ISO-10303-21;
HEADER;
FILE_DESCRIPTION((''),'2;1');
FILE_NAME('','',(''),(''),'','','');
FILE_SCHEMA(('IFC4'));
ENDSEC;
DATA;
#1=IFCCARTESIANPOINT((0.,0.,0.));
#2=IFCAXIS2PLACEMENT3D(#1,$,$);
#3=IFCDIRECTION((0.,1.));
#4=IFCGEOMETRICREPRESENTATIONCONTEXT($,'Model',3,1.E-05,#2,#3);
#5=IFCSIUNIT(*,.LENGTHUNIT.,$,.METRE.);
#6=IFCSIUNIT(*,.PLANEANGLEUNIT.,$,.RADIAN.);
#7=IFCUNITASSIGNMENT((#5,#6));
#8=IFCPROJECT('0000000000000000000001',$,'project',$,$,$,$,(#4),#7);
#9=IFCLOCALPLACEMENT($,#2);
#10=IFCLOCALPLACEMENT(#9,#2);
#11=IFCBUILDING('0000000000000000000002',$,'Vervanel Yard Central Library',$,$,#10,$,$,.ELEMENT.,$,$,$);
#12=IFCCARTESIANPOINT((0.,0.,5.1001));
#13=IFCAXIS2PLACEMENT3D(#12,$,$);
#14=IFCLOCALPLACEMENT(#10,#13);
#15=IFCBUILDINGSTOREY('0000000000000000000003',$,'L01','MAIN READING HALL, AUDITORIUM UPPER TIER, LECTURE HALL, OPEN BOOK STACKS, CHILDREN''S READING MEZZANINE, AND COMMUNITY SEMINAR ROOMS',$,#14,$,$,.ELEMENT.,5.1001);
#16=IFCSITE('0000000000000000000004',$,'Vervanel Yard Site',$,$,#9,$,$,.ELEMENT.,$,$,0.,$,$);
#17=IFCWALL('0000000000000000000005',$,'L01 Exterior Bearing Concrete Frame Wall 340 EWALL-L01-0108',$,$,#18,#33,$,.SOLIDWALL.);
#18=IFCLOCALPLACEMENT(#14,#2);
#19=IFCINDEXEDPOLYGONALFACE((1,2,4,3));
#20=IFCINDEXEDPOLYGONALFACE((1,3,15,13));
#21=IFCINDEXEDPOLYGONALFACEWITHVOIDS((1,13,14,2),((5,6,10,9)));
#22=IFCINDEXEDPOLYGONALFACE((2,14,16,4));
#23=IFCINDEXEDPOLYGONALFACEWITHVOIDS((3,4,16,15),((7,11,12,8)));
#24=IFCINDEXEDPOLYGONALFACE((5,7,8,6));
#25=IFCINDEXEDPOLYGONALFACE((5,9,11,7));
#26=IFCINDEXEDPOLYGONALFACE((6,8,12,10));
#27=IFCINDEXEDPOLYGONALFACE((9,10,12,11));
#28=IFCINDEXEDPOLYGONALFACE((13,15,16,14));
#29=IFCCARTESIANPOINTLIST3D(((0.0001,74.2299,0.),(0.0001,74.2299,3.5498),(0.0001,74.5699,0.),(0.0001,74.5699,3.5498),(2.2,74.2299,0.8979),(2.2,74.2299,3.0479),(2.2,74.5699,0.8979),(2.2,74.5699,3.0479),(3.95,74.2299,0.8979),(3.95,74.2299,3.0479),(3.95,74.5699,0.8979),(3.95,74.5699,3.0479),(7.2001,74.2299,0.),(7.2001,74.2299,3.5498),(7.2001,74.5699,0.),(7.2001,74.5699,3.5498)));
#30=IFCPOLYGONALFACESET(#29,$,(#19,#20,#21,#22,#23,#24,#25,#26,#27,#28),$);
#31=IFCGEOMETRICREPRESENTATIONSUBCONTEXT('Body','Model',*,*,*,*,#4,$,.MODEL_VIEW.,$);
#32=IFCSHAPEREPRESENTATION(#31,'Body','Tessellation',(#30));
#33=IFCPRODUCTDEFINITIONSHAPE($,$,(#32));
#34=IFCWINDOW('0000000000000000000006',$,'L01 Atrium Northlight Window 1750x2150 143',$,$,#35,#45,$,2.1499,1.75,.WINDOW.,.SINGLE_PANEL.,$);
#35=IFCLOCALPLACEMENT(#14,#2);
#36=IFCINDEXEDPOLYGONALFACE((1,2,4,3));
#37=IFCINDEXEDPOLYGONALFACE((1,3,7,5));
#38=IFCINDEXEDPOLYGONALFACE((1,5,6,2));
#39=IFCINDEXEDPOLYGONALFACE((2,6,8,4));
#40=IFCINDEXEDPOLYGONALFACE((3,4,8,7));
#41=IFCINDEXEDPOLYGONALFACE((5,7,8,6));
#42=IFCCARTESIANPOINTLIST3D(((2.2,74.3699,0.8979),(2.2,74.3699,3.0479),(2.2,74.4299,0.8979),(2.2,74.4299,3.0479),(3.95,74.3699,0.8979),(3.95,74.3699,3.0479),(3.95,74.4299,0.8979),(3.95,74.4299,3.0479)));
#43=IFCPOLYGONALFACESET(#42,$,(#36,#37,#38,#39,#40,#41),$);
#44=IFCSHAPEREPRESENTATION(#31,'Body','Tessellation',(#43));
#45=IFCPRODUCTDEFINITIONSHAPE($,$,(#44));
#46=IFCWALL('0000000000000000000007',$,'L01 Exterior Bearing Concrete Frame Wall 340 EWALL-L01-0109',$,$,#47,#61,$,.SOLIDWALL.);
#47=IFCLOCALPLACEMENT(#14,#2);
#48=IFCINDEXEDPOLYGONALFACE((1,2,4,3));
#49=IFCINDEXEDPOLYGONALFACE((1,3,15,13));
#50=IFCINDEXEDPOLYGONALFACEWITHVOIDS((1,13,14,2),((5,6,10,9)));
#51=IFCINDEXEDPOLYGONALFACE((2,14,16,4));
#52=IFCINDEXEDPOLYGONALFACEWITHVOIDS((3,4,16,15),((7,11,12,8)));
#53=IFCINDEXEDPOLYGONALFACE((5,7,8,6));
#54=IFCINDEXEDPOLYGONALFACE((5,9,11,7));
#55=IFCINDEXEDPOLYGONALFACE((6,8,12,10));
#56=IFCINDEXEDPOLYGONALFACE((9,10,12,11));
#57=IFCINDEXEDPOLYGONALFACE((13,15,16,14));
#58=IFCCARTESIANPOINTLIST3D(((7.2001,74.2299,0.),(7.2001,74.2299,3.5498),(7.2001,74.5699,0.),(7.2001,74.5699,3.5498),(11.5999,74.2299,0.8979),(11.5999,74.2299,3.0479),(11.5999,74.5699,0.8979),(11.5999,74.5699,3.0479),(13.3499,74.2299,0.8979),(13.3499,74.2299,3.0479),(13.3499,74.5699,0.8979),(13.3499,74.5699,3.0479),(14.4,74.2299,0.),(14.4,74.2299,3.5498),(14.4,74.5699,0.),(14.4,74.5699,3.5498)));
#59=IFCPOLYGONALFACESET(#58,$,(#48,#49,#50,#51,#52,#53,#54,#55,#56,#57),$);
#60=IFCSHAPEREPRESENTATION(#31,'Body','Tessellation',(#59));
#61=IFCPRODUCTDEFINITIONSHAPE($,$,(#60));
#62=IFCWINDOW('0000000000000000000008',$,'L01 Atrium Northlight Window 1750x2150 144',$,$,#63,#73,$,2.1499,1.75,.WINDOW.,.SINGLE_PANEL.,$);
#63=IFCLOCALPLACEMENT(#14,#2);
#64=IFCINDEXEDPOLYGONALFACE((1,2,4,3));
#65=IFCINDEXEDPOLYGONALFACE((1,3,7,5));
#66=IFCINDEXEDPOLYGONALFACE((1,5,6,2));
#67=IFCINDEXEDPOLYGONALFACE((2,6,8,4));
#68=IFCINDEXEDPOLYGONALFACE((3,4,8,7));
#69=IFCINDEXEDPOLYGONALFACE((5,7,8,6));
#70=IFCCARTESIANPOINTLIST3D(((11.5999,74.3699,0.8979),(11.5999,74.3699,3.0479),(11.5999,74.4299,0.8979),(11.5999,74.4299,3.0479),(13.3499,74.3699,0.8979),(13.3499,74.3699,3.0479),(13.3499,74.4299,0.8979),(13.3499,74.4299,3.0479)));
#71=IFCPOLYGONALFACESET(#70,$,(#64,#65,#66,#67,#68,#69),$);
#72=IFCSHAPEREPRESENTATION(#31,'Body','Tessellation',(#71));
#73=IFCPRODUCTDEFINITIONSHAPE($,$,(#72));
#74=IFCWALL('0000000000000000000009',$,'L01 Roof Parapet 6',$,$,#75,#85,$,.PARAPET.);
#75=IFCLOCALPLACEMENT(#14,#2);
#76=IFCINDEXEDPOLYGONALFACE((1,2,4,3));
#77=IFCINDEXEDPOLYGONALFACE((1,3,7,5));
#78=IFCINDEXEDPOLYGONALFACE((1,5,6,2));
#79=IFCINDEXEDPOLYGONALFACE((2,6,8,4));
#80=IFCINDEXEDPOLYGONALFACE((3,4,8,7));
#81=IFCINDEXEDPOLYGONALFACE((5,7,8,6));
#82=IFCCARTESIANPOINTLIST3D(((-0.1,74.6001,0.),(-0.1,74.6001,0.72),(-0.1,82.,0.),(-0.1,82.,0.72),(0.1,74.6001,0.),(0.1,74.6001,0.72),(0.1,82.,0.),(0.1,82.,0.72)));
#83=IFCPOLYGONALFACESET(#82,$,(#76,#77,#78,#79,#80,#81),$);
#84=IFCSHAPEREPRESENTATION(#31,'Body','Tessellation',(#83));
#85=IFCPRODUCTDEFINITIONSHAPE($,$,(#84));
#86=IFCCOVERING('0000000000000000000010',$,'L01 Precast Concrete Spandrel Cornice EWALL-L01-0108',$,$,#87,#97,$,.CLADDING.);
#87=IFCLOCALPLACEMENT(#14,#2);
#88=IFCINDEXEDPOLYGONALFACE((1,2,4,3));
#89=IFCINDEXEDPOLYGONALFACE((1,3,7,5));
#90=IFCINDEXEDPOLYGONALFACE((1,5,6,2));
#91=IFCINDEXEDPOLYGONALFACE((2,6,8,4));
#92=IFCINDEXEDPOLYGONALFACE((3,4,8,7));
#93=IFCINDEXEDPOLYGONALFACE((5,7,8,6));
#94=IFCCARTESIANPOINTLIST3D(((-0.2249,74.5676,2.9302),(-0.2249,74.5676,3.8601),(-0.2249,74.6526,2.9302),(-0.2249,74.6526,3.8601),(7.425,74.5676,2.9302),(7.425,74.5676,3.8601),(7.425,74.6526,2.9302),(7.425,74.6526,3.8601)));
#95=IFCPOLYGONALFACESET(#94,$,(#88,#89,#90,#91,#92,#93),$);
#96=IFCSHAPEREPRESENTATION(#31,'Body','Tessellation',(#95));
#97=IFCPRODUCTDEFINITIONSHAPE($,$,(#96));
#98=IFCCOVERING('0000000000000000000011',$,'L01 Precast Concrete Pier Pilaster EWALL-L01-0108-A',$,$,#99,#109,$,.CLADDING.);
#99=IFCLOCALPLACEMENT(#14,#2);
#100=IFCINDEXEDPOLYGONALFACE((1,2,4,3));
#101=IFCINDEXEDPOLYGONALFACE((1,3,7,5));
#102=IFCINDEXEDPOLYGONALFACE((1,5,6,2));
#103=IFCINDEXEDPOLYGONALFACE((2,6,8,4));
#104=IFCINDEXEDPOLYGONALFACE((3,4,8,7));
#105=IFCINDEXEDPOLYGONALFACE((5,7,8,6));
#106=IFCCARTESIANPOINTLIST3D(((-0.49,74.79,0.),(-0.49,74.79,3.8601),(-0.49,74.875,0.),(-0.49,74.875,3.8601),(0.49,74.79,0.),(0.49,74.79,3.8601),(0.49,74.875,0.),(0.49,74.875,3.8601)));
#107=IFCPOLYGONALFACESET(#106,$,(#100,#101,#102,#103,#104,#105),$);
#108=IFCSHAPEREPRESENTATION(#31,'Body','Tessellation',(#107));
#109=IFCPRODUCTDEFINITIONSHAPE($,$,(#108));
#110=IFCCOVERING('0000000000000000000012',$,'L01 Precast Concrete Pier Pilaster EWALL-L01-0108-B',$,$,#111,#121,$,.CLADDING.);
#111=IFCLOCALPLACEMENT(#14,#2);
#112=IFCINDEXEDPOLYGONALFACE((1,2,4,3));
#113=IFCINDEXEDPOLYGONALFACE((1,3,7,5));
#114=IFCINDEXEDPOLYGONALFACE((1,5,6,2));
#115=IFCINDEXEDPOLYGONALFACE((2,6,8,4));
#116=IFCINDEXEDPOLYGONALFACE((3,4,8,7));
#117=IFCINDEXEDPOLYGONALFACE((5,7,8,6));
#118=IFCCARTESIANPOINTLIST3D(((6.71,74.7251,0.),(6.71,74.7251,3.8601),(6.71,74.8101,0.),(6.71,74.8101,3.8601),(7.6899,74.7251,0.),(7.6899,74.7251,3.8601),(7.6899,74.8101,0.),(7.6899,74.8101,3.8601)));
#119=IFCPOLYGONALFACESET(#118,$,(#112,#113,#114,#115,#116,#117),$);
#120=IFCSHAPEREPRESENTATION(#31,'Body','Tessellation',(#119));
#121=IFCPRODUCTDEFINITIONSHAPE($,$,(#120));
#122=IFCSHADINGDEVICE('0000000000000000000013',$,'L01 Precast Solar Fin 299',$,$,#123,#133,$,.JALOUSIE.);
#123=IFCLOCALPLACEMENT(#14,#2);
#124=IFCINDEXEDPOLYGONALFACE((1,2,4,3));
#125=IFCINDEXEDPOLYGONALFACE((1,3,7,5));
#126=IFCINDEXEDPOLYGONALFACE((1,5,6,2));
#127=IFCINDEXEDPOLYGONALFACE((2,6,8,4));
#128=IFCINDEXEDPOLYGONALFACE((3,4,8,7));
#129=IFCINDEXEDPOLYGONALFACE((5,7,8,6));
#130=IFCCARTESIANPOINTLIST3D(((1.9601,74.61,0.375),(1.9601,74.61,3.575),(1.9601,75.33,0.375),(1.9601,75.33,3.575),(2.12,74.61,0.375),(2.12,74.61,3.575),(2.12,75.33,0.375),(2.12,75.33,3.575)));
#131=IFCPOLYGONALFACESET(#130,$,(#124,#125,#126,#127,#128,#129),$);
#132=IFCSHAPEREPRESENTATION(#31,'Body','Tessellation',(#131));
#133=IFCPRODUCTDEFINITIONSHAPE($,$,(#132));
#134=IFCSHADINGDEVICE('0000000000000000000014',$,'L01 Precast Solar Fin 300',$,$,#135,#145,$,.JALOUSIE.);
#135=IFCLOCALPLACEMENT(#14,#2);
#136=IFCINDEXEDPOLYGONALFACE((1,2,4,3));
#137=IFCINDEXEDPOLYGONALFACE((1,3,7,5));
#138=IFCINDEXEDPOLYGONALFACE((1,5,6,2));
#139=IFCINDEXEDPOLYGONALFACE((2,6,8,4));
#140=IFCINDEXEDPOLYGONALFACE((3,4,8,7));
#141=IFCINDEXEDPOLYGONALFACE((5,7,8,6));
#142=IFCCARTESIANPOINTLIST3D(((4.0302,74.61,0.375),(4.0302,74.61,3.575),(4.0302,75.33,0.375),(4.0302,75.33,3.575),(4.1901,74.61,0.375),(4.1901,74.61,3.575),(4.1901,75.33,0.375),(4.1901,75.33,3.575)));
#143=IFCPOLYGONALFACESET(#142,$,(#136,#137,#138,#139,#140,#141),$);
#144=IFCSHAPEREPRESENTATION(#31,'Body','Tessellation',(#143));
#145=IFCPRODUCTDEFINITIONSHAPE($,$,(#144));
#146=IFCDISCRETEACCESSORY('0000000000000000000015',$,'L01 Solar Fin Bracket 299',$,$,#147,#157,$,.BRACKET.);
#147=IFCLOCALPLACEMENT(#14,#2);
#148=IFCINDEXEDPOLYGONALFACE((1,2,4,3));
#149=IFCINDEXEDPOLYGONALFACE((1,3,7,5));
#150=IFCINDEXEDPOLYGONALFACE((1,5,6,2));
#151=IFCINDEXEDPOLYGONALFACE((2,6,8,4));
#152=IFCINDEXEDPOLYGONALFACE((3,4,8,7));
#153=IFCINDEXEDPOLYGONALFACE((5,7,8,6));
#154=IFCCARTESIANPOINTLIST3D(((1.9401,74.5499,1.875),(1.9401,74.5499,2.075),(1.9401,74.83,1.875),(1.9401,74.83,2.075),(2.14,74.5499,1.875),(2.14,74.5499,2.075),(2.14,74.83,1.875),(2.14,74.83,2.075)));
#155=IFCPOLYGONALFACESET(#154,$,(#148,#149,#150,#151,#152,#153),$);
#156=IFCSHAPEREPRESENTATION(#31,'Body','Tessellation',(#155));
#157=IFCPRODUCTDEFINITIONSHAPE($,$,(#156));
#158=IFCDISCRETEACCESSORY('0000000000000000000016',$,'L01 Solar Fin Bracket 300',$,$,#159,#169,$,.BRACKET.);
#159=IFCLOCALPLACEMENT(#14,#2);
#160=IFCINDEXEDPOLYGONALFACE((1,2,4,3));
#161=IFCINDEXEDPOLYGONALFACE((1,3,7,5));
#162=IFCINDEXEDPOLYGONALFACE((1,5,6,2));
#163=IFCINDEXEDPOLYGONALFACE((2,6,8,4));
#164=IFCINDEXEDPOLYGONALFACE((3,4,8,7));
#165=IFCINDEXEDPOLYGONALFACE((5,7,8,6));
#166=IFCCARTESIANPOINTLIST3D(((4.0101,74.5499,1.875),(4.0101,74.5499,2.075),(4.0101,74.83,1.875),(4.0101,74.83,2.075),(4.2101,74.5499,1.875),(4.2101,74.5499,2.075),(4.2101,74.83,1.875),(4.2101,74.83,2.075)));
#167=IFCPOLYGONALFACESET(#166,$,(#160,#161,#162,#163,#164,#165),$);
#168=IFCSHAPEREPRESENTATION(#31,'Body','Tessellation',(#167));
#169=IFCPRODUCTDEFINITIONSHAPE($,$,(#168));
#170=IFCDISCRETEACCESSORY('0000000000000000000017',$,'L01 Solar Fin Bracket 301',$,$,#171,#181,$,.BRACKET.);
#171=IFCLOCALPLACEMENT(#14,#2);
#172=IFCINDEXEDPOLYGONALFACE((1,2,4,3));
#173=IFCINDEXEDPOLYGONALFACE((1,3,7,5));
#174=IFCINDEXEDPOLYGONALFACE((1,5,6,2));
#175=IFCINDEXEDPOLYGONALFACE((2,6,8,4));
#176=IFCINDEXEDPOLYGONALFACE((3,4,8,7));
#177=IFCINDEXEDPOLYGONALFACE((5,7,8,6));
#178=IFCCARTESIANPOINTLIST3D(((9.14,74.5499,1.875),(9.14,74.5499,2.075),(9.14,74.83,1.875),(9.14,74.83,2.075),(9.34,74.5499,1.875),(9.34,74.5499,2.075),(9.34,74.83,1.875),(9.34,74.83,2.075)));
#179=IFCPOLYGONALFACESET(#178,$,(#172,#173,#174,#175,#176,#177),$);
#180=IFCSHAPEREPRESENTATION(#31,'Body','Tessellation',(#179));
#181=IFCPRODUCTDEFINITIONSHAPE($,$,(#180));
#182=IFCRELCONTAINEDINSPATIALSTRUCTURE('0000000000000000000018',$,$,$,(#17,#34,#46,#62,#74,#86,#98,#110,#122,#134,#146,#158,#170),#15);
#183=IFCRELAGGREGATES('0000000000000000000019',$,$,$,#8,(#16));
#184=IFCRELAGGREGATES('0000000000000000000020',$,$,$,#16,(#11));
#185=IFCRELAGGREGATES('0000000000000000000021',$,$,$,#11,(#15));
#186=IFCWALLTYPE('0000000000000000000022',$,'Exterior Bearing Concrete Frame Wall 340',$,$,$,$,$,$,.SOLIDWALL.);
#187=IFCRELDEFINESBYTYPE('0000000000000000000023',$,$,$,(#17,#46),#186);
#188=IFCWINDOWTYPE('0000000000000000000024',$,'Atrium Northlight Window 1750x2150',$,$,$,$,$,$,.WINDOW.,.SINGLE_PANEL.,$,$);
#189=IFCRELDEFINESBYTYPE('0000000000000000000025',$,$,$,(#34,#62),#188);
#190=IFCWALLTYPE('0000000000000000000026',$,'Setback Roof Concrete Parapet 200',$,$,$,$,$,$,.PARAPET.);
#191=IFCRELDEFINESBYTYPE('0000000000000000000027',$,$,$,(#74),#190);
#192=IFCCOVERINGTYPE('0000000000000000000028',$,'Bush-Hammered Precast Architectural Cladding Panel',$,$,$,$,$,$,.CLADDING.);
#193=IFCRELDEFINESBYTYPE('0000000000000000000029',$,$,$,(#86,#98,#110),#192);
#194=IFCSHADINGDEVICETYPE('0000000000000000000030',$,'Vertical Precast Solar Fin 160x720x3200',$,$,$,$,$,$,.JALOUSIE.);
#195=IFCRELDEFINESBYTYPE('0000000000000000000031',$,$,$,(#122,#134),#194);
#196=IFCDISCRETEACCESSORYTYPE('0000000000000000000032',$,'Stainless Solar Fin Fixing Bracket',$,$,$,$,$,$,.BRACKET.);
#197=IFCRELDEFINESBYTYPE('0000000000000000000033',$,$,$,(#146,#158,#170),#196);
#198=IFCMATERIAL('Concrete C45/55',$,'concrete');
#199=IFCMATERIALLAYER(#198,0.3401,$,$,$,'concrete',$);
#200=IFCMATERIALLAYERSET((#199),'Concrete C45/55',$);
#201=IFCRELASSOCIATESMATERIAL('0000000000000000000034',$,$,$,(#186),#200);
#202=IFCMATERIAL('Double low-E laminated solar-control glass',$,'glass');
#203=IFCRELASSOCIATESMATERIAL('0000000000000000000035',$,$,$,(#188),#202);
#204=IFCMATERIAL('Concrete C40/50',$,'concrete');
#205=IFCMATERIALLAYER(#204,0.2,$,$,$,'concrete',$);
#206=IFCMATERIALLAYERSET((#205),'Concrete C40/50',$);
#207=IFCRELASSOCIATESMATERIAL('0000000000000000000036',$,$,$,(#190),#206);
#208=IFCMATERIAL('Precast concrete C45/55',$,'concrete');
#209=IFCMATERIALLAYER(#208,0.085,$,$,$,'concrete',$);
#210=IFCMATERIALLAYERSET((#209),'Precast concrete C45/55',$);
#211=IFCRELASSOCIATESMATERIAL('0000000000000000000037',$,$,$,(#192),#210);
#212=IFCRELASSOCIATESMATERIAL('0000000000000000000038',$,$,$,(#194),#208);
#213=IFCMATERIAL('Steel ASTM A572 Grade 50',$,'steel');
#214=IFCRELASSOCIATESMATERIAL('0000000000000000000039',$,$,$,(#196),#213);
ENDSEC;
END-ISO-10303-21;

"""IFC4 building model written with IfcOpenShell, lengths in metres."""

from ifc_helpers import new_model, si_unit, direction, frame, frame_2d, origin, origin_2d, place, context, subcontext, project, spatial, rectangle, extrude, material, layer, layer_set, type_object, element, fill, save


model = new_model("IFC4")

# Units and contexts
model_context = context("Model", 3, precision=1e-05, world=origin(), true_north=direction((0.0, 1.0)))
body_context = subcontext(model_context, "Body", "Model", "MODEL_VIEW")
ifc_project = project(units=[si_unit("LENGTHUNIT", "METRE"), si_unit("PLANEANGLEUNIT", "RADIAN")], contexts=[model_context])

# Site, building, storey
site_placement = place(None, origin())
site = spatial("IfcSite", under=ifc_project, at=site_placement, Name="Vervanel Yard Site", CompositionType="ELEMENT", RefElevation=0.0)
building_placement = place(site_placement, origin())
building = spatial("IfcBuilding", under=site, at=building_placement, Name="Vervanel Yard Central Library", CompositionType="ELEMENT")
storey_placement = place(building_placement, frame((0.0, 0.0, 5.1001)))
storey = spatial("IfcBuildingStorey", under=building, at=storey_placement, Name="L01", Description="MAIN READING HALL, AUDITORIUM UPPER TIER, LECTURE HALL, OPEN BOOK STACKS, CHILDREN'S READING MEZZANINE, AND COMMUNITY SEMINAR ROOMS", CompositionType="ELEMENT", Elevation=5.1001)

# Shared definitions
ifc_material_1 = material(Name="Concrete C40/50", Category="concrete")

# Walls, openings, windows
ifc_material_2 = material(Name="Concrete C45/55", Category="concrete")
ifc_layer_1 = layer(ifc_material_2, 0.3401, Category="concrete")
ifc_layer_set_1 = layer_set([ifc_layer_1], Name="Concrete C45/55")
wall_type_1 = type_object("IfcWallType", Name="Exterior Bearing Concrete Frame Wall 340", PredefinedType="SOLIDWALL", material=ifc_layer_set_1)
wall_1_placement = place(storey_placement, frame((0.0, 74.3999, 0.0), z_axis=(0.0, 0.0, 1.0), x_axis=(1.0, 0.0, 0.0)))
wall_1 = element("IfcWall", 1, at=wall_1_placement, inside=storey, type_object=wall_type_1, Name="L01 Exterior Bearing Concrete Frame Wall 340 EWALL-L01-0108", PredefinedType="SOLIDWALL", context=body_context, shape_type="SweptSolid", body=[
    extrude(rectangle(XDim=7.2, YDim=0.3401, at=frame_2d((3.6001, 0.0))), origin(), (0.0, 0.0, 1.0), 3.5498),
])
opening_1_placement = place(wall_1_placement, frame((2.2, 0.0, 0.8979)))
opening_1 = element("IfcOpeningElement", 2, at=opening_1_placement, cuts=wall_1, PredefinedType="OPENING", context=body_context, shape_type="SweptSolid", body=[
    extrude(rectangle(XDim=1.75, YDim=2.1499, at=frame_2d((0.875, 1.075))), frame((0.0, 0.1799, 0.0), z_axis=(0.0, -1.0, 0.0), x_axis=(1.0, 0.0, 0.0)), (0.0, 0.0, 1.0), 0.3601),
])
ifc_material_3 = material(Name="Double low-E laminated solar-control glass", Category="glass")
window_type = type_object("IfcWindowType", Name="Atrium Northlight Window 1750x2150", PartitioningType="SINGLE_PANEL", PredefinedType="WINDOW", material=ifc_material_3)
window_1_placement = place(opening_1_placement, origin())
window_1 = element("IfcWindow", 3, at=window_1_placement, inside=storey, type_object=window_type, Name="L01 Atrium Northlight Window 1750x2150 143", OverallHeight=2.1499, OverallWidth=1.75, PartitioningType="SINGLE_PANEL", PredefinedType="WINDOW", context=body_context, shape_type="SweptSolid", body=[
    extrude(rectangle(XDim=1.75, YDim=2.1499, at=frame_2d((0.875, 1.075))), frame((0.0, 0.03, 0.0), z_axis=(0.0, -1.0, 0.0), x_axis=(1.0, 0.0, 0.0)), (0.0, 0.0, 1.0), 0.0601),
])
fill(opening_1, window_1)
wall_2_placement = place(storey_placement, frame((7.2, 74.3999, 0.0), z_axis=(0.0, 0.0, 1.0), x_axis=(1.0, 0.0, 0.0)))
wall_2 = element("IfcWall", 4, at=wall_2_placement, inside=storey, type_object=wall_type_1, Name="L01 Exterior Bearing Concrete Frame Wall 340 EWALL-L01-0109", PredefinedType="SOLIDWALL", context=body_context, shape_type="SweptSolid", body=[
    extrude(rectangle(XDim=7.2, YDim=0.3401, at=frame_2d((3.6001, 0.0))), origin(), (0.0, 0.0, 1.0), 3.5498),
])
opening_2_placement = place(wall_2_placement, frame((4.3999, 0.0, 0.8979)))
opening_2 = element("IfcOpeningElement", 5, at=opening_2_placement, cuts=wall_2, PredefinedType="OPENING", context=body_context, shape_type="SweptSolid", body=[
    extrude(rectangle(XDim=1.75, YDim=2.1499, at=frame_2d((0.875, 1.075))), frame((0.0, 0.1799, 0.0), z_axis=(0.0, -1.0, 0.0), x_axis=(1.0, 0.0, 0.0)), (0.0, 0.0, 1.0), 0.3601),
])
window_2_placement = place(opening_2_placement, origin())
window_2 = element("IfcWindow", 6, at=window_2_placement, inside=storey, type_object=window_type, Name="L01 Atrium Northlight Window 1750x2150 144", OverallHeight=2.1499, OverallWidth=1.75, PartitioningType="SINGLE_PANEL", PredefinedType="WINDOW", context=body_context, shape_type="SweptSolid", body=[
    extrude(rectangle(XDim=1.75, YDim=2.1499, at=frame_2d((0.875, 1.075))), frame((0.0, 0.03, 0.0), z_axis=(0.0, -1.0, 0.0), x_axis=(1.0, 0.0, 0.0)), (0.0, 0.0, 1.0), 0.0601),
])
fill(opening_2, window_2)

# Wall
ifc_layer_2 = layer(ifc_material_1, 0.2, Category="concrete")
ifc_layer_set_2 = layer_set([ifc_layer_2], Name="Concrete C40/50")
wall_type_2 = type_object("IfcWallType", Name="Setback Roof Concrete Parapet 200", PredefinedType="PARAPET", material=ifc_layer_set_2)
wall_3_placement = place(storey_placement, frame((0.0, 82.0, 0.0), z_axis=(0.0, 0.0, 1.0), x_axis=(0.0, -1.0, 0.0)))
element("IfcWall", 7, at=wall_3_placement, inside=storey, type_object=wall_type_2, Name="L01 Roof Parapet 6", PredefinedType="PARAPET", context=body_context, shape_type="SweptSolid", body=[
    extrude(rectangle(XDim=7.3999, YDim=0.2, at=frame_2d((3.7, 0.0))), origin(), (0.0, 0.0, 1.0), 0.72),
])

# Coverings
ifc_material_4 = material(Name="Precast concrete C45/55", Category="concrete")
ifc_layer_3 = layer(ifc_material_4, 0.085, Category="concrete")
ifc_layer_set_3 = layer_set([ifc_layer_3], Name="Precast concrete C45/55")
covering_type = type_object("IfcCoveringType", Name="Bush-Hammered Precast Architectural Cladding Panel", PredefinedType="CLADDING", material=ifc_layer_set_3)
covering_placement = place(storey_placement, frame((3.6001, 74.6101, 2.9302), z_axis=(0.0, 0.0, 1.0), x_axis=(1.0, 0.0, 0.0)))
element("IfcCovering", 8, at=covering_placement, inside=storey, type_object=covering_type, Name="L01 Precast Concrete Spandrel Cornice EWALL-L01-0108", PredefinedType="CLADDING", context=body_context, shape_type="SweptSolid", body=[
    extrude(rectangle(XDim=7.6499, YDim=0.085, at=origin_2d()), origin(), (0.0, 0.0, 1.0), 0.9299),
])
for number, where, z_axis, x_axis, name in (
    (9, (0.0, 74.8325, 0.0), (0.0, 0.0, 1.0), (1.0, 0.0, 0.0), "L01 Precast Concrete Pier Pilaster EWALL-L01-0108-A"),
    (10, (7.2, 74.7676, 0.0), (0.0, 0.0, 1.0), (1.0, 0.0, 0.0), "L01 Precast Concrete Pier Pilaster EWALL-L01-0108-B"),
):
    element("IfcCovering", number, at=place(storey_placement, frame(where, z_axis=z_axis, x_axis=x_axis)), inside=storey, type_object=covering_type, Name=name, PredefinedType="CLADDING", context=body_context, shape_type="SweptSolid", body=[
        extrude(rectangle(XDim=0.98, YDim=0.085, at=origin_2d()), origin(), (0.0, 0.0, 1.0), 3.8601),
    ])

# Shading devices
shading_device_type = type_object("IfcShadingDeviceType", Name="Vertical Precast Solar Fin 160x720x3200", PredefinedType="JALOUSIE", material=ifc_material_4)
for number, where, z_axis, x_axis, name in (
    (11, (2.04, 74.97, 0.375), (0.0, 0.0, 1.0), (1.0, 0.0, 0.0), "L01 Precast Solar Fin 299"),
    (12, (4.1101, 74.97, 0.375), (0.0, 0.0, 1.0), (1.0, 0.0, 0.0), "L01 Precast Solar Fin 300"),
):
    element("IfcShadingDevice", number, at=place(storey_placement, frame(where, z_axis=z_axis, x_axis=x_axis)), inside=storey, type_object=shading_device_type, Name=name, PredefinedType="JALOUSIE", context=body_context, shape_type="SweptSolid", body=[
        extrude(rectangle(XDim=0.1599, YDim=0.72, at=origin_2d()), origin(), (0.0, 0.0, 1.0), 3.2),
    ])

# Discrete accessories
ifc_material_5 = material(Name="Steel ASTM A572 Grade 50", Category="steel")
discrete_accessory_type = type_object("IfcDiscreteAccessoryType", Name="Stainless Solar Fin Fixing Bracket", PredefinedType="BRACKET", material=ifc_material_5)
for number, where, z_axis, x_axis, name in (
    (13, (2.04, 74.6899, 1.875), (0.0, 0.0, 1.0), (1.0, 0.0, 0.0), "L01 Solar Fin Bracket 299"),
    (14, (4.1101, 74.6899, 1.875), (0.0, 0.0, 1.0), (1.0, 0.0, 0.0), "L01 Solar Fin Bracket 300"),
    (15, (9.24, 74.6899, 1.875), (0.0, 0.0, 1.0), (1.0, 0.0, 0.0), "L01 Solar Fin Bracket 301"),
):
    element("IfcDiscreteAccessory", number, at=place(storey_placement, frame(where, z_axis=z_axis, x_axis=x_axis)), inside=storey, type_object=discrete_accessory_type, Name=name, PredefinedType="BRACKET", context=body_context, shape_type="SweptSolid", body=[
        extrude(rectangle(XDim=0.2, YDim=0.28, at=origin_2d()), origin(), (0.0, 0.0, 1.0), 0.2),
    ])

save(model, "model.ifc")
